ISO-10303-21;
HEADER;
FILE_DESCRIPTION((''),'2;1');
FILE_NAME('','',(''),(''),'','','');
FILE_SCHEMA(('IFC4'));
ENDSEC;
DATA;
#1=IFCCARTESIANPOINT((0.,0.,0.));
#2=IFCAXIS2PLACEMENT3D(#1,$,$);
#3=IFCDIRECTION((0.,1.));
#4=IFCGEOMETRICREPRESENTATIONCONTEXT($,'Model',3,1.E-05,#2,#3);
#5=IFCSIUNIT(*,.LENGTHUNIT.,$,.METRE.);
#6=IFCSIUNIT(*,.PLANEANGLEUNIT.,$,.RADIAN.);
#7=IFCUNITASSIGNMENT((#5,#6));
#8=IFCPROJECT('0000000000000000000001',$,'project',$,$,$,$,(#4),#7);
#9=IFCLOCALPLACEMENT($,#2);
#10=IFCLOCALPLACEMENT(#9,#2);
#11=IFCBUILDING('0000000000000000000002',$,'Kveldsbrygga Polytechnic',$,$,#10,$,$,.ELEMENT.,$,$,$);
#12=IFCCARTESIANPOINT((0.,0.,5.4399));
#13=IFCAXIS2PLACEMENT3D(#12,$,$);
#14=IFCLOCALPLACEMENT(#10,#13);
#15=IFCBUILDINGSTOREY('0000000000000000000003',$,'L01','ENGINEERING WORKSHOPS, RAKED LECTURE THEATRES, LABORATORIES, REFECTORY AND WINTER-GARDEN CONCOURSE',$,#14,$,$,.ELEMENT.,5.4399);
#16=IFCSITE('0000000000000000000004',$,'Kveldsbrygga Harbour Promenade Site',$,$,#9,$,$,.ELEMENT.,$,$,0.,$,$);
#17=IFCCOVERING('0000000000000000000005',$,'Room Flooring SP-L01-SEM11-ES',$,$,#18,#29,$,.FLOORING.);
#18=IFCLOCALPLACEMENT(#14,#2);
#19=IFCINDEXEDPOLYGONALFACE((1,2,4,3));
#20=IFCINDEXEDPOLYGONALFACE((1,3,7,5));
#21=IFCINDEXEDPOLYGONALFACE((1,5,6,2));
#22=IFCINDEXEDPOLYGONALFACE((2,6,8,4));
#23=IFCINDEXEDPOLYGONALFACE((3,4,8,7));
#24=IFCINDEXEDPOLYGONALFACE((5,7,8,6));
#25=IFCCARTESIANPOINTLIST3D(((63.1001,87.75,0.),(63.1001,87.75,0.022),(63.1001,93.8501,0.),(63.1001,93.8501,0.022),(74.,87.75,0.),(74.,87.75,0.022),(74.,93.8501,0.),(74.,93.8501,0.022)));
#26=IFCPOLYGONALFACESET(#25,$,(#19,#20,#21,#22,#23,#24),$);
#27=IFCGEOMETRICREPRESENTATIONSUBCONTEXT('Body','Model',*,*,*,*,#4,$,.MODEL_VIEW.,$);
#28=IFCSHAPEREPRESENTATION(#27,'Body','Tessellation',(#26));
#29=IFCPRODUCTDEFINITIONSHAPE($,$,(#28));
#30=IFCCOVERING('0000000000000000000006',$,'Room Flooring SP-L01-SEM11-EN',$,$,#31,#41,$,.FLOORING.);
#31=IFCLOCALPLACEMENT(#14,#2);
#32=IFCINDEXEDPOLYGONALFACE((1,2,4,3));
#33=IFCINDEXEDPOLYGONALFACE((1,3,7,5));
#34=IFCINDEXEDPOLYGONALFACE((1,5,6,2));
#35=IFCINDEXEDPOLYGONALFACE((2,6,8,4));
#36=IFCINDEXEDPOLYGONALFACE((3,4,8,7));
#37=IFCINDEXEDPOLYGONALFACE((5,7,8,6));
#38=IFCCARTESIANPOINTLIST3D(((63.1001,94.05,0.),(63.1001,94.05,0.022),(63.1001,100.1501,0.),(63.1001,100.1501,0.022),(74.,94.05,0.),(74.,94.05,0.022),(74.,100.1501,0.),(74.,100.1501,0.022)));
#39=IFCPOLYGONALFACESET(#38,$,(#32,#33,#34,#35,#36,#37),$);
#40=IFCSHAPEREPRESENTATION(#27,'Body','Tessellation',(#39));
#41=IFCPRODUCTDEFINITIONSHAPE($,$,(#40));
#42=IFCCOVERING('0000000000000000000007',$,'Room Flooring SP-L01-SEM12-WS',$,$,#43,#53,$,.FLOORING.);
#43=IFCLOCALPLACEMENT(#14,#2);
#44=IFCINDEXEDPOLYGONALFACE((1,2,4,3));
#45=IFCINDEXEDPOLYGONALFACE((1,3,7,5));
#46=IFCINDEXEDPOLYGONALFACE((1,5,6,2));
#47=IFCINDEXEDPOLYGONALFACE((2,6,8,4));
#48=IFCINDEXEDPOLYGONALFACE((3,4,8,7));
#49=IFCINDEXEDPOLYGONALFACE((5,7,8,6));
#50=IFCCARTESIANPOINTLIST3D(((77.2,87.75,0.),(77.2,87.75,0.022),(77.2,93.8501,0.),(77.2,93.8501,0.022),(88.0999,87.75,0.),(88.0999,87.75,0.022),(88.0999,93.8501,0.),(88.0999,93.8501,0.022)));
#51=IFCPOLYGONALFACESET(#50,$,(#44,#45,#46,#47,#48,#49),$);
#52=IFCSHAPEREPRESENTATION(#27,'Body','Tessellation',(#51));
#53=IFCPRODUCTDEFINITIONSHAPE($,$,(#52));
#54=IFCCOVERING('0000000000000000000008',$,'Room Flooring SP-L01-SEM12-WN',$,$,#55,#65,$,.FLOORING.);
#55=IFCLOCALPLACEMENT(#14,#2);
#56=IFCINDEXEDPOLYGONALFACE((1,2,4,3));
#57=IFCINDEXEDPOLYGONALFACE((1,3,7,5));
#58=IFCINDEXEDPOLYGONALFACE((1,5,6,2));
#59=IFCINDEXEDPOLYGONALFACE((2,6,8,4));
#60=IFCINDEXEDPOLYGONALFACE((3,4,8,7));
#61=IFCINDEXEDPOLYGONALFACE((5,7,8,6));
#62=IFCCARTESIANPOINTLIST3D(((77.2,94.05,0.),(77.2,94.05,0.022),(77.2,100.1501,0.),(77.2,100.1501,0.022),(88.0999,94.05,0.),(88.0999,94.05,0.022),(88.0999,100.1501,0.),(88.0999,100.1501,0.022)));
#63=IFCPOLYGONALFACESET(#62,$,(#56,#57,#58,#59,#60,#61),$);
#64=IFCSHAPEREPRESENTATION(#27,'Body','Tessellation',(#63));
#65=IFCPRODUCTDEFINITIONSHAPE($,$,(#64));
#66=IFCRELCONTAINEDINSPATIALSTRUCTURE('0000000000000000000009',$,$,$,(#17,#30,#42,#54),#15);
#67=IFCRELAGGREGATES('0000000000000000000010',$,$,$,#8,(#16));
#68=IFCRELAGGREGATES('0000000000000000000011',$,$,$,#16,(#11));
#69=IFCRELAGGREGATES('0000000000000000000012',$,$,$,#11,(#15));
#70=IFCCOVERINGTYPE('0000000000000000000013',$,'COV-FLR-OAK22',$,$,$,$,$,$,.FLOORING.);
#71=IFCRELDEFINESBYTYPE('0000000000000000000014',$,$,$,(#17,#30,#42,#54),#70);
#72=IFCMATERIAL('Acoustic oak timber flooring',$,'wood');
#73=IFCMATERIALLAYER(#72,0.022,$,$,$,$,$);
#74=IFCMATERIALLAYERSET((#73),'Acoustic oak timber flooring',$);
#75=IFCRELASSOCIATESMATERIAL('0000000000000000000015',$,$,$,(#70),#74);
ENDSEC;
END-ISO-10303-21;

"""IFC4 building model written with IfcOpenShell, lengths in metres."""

from ifc_helpers import new_model, si_unit, direction, frame, origin, origin_2d, place, context, subcontext, project, spatial, rectangle, extrude, material, layer, layer_set, type_object, element, save


model = new_model("IFC4")

# Units and contexts
model_context = context("Model", 3, precision=1e-05, world=origin(), true_north=direction((0.0, 1.0)))
body_context = subcontext(model_context, "Body", "Model", "MODEL_VIEW")
ifc_project = project(units=[si_unit("LENGTHUNIT", "METRE"), si_unit("PLANEANGLEUNIT", "RADIAN")], contexts=[model_context])

# Site, building, storey
site_placement = place(None, origin())
site = spatial("IfcSite", under=ifc_project, at=site_placement, Name="Kveldsbrygga Harbour Promenade Site", CompositionType="ELEMENT", RefElevation=0.0)
building_placement = place(site_placement, origin())
building = spatial("IfcBuilding", under=site, at=building_placement, Name="Kveldsbrygga Polytechnic", CompositionType="ELEMENT")
storey_placement = place(building_placement, frame((0.0, 0.0, 5.4399)))
storey = spatial("IfcBuildingStorey", under=building, at=storey_placement, Name="L01", Description="ENGINEERING WORKSHOPS, RAKED LECTURE THEATRES, LABORATORIES, REFECTORY AND WINTER-GARDEN CONCOURSE", CompositionType="ELEMENT", Elevation=5.4399)

# Coverings
ifc_material_1 = material(Name="Acoustic oak timber flooring", Category="wood")
ifc_layer_1 = layer(ifc_material_1, 0.022)
ifc_layer_set_1 = layer_set([ifc_layer_1], Name="Acoustic oak timber flooring")
covering_type_1 = type_object("IfcCoveringType", Name="COV-FLR-OAK22", PredefinedType="FLOORING", material=ifc_layer_set_1)
for number, where, z_axis, x_axis, name in (
    (1, (68.55, 90.8, 0.0), (0.0, 0.0, 1.0), (1.0, 0.0, 0.0), "Room Flooring SP-L01-SEM11-ES"),
    (2, (68.55, 97.1001, 0.0), (0.0, 0.0, 1.0), (1.0, 0.0, 0.0), "Room Flooring SP-L01-SEM11-EN"),
    (3, (82.6499, 90.8, 0.0), (0.0, 0.0, 1.0), (1.0, 0.0, 0.0), "Room Flooring SP-L01-SEM12-WS"),
    (4, (82.6499, 97.1001, 0.0), (0.0, 0.0, 1.0), (1.0, 0.0, 0.0), "Room Flooring SP-L01-SEM12-WN"),
):
    element("IfcCovering", number, at=place(storey_placement, frame(where, z_axis=z_axis, x_axis=x_axis)), inside=storey, type_object=covering_type_1, Name=name, PredefinedType="FLOORING", context=body_context, shape_type="SweptSolid", body=[
        extrude(rectangle(XDim=10.8999, YDim=6.1001, at=origin_2d()), origin(), (0.0, 0.0, 1.0), 0.022),
    ])

save(model, "model.ifc")
